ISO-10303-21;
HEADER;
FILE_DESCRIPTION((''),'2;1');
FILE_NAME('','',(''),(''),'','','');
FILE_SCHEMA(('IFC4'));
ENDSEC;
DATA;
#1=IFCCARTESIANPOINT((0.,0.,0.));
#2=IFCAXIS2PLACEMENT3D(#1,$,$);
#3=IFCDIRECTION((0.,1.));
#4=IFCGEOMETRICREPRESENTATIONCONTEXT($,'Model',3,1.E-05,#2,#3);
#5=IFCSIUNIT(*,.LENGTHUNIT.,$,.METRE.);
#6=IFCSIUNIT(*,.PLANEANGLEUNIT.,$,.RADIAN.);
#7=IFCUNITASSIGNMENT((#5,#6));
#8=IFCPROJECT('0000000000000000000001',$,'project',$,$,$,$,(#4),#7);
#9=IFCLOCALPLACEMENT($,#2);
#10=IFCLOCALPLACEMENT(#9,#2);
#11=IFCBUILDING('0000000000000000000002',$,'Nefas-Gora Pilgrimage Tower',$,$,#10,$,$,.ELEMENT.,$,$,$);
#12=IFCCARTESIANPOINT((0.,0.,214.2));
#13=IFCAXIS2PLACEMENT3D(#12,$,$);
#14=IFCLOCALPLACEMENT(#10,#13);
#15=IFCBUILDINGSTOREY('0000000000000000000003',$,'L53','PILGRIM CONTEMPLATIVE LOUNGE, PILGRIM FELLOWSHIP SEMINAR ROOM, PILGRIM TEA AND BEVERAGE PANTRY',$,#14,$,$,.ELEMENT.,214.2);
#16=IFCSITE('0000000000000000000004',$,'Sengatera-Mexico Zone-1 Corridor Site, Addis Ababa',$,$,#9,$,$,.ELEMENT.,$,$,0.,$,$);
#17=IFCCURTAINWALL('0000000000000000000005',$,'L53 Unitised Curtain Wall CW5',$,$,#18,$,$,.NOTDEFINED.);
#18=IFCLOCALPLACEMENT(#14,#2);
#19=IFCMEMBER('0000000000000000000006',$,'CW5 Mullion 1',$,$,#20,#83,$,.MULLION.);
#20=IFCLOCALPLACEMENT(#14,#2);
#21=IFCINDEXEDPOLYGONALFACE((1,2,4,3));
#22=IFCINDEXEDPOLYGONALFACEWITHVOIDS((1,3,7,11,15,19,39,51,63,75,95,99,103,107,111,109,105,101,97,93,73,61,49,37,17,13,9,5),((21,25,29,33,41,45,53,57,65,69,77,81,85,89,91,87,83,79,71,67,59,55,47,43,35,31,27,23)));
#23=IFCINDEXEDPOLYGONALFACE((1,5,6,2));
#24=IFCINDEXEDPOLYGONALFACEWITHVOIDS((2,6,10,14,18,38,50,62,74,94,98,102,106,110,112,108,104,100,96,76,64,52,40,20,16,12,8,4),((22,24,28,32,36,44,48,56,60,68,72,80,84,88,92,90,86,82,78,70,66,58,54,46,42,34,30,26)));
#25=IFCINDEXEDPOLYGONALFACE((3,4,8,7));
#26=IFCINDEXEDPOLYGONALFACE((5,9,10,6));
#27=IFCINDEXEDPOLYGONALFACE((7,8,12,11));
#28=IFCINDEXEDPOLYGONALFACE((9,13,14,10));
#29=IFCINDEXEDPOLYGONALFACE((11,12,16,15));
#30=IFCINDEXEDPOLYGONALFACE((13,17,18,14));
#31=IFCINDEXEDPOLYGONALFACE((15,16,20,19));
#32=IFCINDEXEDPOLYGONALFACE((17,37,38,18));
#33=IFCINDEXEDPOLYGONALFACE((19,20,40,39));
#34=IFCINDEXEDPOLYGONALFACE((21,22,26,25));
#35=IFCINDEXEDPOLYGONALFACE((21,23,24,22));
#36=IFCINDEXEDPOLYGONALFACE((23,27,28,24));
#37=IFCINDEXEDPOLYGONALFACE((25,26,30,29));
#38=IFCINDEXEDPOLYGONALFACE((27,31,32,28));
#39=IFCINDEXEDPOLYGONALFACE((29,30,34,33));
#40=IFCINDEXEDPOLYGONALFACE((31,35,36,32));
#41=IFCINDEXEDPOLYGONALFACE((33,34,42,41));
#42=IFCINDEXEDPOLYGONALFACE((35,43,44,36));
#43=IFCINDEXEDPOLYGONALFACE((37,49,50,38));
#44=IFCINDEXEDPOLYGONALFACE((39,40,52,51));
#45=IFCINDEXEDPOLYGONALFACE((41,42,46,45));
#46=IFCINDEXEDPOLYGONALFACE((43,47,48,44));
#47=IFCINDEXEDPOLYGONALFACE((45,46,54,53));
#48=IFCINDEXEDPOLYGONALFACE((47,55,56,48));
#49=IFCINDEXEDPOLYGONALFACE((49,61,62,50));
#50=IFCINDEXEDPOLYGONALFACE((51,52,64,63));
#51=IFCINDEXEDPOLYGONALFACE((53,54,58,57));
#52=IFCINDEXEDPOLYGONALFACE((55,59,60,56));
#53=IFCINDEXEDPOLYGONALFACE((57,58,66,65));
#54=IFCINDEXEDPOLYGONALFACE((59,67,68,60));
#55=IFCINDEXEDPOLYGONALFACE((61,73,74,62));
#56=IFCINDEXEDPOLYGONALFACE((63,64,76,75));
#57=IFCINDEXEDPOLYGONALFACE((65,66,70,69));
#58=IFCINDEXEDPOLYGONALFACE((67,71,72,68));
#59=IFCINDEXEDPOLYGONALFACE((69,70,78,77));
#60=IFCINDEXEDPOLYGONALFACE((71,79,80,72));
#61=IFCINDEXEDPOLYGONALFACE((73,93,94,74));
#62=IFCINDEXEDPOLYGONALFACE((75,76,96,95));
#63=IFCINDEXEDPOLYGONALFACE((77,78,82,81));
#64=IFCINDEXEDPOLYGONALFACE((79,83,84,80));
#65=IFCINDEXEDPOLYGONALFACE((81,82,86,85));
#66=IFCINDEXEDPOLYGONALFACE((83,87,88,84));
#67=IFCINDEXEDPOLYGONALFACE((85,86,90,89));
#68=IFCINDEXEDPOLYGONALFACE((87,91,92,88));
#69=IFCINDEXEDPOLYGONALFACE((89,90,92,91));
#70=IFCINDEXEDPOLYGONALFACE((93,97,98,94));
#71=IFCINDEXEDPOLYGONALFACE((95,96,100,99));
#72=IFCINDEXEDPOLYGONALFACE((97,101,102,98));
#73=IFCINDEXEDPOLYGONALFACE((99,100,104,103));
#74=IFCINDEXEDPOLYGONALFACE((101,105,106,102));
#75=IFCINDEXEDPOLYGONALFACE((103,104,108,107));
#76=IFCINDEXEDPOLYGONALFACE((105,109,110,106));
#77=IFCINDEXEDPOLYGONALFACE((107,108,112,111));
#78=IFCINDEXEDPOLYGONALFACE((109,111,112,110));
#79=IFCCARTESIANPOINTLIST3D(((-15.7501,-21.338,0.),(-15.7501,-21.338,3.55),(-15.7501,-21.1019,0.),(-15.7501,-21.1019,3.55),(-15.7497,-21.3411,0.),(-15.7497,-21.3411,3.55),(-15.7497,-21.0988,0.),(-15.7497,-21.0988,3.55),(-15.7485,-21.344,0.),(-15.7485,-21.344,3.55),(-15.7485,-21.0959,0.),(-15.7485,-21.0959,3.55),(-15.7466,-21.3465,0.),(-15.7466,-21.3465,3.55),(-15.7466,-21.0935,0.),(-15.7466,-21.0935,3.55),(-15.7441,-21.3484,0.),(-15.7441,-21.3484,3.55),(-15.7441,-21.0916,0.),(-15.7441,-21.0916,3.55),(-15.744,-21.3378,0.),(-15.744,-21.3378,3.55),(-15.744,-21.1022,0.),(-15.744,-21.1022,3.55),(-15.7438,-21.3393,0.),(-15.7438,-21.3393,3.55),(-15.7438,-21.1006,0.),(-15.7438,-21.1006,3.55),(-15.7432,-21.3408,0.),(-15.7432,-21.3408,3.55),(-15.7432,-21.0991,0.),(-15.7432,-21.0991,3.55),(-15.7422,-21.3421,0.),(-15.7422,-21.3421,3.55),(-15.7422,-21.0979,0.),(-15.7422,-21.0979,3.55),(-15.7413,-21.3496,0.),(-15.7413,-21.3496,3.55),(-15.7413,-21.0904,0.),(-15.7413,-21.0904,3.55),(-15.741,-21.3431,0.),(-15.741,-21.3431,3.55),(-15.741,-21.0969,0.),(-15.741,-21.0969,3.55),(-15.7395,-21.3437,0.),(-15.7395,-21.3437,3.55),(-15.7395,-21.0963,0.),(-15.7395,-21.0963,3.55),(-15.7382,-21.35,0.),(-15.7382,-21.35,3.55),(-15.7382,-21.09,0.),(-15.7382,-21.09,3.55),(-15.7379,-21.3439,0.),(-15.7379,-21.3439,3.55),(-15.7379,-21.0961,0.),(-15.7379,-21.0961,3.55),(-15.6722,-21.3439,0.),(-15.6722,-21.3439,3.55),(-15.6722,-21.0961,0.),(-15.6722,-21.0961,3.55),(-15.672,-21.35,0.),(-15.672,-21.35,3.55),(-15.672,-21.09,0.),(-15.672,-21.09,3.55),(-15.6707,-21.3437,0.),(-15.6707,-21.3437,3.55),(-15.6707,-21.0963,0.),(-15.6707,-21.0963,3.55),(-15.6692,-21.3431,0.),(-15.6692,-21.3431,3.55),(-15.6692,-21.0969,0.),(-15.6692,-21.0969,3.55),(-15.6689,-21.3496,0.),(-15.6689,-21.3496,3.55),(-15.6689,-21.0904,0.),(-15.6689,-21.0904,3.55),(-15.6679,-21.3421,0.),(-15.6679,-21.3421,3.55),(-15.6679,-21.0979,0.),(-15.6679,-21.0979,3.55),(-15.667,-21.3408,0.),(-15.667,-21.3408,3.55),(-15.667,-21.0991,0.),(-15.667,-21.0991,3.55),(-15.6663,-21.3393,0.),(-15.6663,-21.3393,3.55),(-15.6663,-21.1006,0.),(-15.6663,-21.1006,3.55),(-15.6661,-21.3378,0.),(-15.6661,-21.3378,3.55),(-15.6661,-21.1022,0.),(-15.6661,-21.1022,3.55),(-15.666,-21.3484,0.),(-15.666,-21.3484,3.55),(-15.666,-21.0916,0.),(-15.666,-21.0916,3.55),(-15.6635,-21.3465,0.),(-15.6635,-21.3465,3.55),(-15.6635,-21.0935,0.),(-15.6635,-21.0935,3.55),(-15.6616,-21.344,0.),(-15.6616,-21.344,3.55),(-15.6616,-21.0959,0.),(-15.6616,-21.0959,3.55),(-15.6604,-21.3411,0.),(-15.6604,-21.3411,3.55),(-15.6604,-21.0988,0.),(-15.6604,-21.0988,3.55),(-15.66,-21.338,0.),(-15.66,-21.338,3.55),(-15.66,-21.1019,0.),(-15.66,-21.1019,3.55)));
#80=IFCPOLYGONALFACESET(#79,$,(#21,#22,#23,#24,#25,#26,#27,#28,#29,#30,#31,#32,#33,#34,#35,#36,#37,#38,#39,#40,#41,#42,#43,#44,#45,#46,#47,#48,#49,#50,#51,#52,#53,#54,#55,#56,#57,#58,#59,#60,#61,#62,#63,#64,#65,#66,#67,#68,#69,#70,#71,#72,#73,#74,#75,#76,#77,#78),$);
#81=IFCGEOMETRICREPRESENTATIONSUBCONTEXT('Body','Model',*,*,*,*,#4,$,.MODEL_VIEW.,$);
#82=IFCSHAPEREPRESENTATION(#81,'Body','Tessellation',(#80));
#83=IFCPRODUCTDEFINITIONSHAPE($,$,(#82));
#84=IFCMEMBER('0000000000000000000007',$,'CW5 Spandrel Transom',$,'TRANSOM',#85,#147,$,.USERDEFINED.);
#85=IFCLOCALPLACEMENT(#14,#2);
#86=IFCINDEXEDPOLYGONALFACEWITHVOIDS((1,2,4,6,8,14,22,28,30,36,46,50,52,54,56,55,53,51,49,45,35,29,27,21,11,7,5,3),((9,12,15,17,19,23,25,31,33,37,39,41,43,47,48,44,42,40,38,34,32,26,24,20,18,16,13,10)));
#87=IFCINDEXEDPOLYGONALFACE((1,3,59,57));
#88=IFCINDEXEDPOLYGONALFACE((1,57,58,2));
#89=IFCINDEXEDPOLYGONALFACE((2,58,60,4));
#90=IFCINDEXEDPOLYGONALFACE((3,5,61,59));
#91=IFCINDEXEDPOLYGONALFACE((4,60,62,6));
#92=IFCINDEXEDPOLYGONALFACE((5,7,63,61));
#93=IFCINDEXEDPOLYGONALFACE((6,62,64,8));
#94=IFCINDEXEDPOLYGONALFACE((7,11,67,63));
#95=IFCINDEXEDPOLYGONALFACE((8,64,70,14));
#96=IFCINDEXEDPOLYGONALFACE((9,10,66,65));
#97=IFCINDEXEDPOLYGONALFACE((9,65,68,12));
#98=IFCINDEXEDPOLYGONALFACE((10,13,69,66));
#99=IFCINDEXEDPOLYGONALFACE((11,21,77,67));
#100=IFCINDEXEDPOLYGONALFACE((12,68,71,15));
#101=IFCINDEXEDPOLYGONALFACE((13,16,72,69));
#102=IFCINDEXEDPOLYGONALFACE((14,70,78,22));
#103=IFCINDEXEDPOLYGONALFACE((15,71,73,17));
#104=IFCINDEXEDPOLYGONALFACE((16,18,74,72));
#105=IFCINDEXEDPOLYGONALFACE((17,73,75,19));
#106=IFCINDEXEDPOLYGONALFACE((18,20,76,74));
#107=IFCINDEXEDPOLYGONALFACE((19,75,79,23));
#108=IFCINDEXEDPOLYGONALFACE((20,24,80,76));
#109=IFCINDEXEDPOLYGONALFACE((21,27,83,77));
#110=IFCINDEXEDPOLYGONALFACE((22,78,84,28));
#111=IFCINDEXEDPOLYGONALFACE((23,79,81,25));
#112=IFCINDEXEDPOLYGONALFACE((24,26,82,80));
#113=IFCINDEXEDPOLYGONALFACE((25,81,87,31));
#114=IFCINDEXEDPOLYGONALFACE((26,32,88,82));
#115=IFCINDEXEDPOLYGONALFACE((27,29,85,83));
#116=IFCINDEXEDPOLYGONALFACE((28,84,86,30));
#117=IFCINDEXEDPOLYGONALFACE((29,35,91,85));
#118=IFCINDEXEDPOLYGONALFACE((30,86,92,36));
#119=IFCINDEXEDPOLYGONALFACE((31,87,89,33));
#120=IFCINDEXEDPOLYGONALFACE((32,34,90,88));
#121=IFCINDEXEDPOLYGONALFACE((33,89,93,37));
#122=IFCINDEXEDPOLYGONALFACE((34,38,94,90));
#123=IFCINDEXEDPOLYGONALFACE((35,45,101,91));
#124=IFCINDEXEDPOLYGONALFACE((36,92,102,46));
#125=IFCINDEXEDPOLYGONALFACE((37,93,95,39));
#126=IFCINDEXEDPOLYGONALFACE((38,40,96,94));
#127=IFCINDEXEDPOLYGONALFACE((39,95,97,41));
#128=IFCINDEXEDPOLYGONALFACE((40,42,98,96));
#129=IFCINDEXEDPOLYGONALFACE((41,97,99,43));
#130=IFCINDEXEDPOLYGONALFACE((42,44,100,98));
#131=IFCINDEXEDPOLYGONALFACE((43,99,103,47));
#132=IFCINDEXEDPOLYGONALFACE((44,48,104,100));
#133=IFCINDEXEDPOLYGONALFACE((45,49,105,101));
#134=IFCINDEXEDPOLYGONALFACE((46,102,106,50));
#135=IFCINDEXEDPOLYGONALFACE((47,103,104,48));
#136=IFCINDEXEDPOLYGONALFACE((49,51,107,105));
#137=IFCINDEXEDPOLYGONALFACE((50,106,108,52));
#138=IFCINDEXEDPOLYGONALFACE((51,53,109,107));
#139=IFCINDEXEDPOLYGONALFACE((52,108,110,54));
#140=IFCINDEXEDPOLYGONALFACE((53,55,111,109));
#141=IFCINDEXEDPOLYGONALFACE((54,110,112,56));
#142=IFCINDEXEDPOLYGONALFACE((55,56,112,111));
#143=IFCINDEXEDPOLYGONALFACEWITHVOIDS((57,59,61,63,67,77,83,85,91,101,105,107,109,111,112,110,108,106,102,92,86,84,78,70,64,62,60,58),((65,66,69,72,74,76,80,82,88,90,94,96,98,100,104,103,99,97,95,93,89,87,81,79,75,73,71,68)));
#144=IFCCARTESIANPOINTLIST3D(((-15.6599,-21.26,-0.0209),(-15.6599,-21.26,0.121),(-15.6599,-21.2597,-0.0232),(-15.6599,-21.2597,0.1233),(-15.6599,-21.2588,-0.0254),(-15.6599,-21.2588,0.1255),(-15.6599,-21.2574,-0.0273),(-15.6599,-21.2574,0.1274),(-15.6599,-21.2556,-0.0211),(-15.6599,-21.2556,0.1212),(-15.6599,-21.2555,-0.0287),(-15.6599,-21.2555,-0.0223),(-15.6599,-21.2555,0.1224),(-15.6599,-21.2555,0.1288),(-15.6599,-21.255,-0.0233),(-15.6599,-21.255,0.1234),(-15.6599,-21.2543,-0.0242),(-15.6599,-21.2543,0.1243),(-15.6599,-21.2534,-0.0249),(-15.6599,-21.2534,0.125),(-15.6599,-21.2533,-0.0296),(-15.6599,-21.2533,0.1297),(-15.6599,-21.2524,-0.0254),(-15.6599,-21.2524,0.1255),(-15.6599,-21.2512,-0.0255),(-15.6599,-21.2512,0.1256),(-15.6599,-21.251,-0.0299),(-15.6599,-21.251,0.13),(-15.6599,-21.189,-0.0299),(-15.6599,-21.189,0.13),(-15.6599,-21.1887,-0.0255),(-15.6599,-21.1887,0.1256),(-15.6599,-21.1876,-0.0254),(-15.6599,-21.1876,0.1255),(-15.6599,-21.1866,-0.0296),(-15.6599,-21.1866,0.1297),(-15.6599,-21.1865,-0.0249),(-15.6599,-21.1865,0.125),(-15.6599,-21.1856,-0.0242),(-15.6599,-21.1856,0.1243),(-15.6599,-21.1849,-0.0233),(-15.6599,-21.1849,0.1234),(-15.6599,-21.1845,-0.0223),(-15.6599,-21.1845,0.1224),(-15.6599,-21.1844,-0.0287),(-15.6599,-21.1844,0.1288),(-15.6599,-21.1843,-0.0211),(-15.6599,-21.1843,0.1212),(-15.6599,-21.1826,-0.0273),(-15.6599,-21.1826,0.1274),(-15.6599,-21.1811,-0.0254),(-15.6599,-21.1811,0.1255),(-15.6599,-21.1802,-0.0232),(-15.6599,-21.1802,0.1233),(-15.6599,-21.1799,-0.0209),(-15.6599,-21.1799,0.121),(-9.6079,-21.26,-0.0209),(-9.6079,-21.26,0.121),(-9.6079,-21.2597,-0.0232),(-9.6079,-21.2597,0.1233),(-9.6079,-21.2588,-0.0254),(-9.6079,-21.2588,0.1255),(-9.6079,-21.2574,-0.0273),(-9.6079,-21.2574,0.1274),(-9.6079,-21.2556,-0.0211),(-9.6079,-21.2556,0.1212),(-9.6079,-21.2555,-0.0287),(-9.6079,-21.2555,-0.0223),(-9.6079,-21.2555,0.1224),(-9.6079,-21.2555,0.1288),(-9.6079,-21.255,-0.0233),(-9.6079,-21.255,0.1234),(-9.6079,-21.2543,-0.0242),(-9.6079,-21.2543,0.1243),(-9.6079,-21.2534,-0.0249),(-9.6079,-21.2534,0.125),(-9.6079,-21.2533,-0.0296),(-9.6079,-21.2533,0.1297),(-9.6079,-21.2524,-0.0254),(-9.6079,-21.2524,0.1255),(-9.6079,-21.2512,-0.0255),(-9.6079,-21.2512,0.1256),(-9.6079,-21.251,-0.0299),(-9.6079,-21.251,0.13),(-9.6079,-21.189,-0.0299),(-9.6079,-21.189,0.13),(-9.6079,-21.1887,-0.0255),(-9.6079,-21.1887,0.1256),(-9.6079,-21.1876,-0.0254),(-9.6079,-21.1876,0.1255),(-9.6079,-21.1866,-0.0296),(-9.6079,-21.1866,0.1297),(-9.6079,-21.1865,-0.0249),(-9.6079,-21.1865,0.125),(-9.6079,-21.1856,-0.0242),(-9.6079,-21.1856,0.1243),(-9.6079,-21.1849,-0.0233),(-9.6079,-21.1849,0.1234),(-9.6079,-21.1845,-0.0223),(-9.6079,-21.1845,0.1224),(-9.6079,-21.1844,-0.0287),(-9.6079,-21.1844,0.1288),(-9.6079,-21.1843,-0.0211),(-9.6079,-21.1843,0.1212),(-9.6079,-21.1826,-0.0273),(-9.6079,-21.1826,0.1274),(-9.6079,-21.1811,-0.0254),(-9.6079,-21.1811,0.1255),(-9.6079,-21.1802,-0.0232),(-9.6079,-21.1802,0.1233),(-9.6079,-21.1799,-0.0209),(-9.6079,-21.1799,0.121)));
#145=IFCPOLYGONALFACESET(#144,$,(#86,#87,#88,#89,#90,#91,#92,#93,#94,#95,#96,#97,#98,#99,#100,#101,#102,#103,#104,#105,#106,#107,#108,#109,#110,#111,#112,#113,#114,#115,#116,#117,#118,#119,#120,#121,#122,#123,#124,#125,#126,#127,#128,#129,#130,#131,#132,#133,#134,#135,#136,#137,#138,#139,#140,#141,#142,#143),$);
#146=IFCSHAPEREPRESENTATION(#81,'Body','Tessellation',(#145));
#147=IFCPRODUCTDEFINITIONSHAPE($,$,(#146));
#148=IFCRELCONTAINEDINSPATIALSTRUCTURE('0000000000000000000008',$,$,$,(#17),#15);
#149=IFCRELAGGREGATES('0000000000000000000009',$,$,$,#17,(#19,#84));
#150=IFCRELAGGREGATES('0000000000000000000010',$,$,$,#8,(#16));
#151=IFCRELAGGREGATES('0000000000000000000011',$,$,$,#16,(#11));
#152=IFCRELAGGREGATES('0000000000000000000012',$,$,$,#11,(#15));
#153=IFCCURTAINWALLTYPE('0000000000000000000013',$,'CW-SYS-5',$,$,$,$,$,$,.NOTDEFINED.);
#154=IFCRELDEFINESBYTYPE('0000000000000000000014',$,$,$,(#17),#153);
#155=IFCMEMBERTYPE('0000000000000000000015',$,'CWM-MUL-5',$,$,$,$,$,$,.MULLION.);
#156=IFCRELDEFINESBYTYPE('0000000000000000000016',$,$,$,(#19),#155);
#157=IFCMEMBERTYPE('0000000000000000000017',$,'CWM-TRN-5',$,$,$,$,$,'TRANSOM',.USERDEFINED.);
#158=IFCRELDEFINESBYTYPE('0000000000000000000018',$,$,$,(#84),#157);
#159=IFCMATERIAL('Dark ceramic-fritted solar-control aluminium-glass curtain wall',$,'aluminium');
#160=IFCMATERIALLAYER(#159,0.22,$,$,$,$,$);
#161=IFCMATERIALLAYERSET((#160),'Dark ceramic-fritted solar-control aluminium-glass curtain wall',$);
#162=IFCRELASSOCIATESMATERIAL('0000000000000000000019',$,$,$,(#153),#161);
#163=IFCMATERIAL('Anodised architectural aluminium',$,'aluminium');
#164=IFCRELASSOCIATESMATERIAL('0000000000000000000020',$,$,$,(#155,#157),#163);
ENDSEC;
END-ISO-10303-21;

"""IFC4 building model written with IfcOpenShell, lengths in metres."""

from ifc_helpers import new_model, si_unit, direction, frame, origin, origin_2d, place, context, subcontext, project, spatial, hollow_rectangle, extrude, source, transform, mapped, material, layer, layer_set, material_profile, profile_set, type_object, element, aggregate, save


model = new_model("IFC4")

# Units and contexts
model_context = context("Model", 3, precision=1e-05, world=origin(), true_north=direction((0.0, 1.0)))
body_context = subcontext(model_context, "Body", "Model", "MODEL_VIEW")
ifc_project = project(units=[si_unit("LENGTHUNIT", "METRE"), si_unit("PLANEANGLEUNIT", "RADIAN")], contexts=[model_context])

# Site, building, storey
site_placement = place(None, origin())
site = spatial("IfcSite", under=ifc_project, at=site_placement, Name="Sengatera-Mexico Zone-1 Corridor Site, Addis Ababa", CompositionType="ELEMENT", RefElevation=0.0)
building_placement = place(site_placement, origin())
building = spatial("IfcBuilding", under=site, at=building_placement, Name="Nefas-Gora Pilgrimage Tower", CompositionType="ELEMENT")
storey_placement = place(building_placement, frame((0.0, 0.0, 214.2)))
storey = spatial("IfcBuildingStorey", under=building, at=storey_placement, Name="L53", Description="PILGRIM CONTEMPLATIVE LOUNGE, PILGRIM FELLOWSHIP SEMINAR ROOM, PILGRIM TEA AND BEVERAGE PANTRY", CompositionType="ELEMENT", Elevation=214.2)

# Curtain wall, members
ifc_material_1 = material(Name="Dark ceramic-fritted solar-control aluminium-glass curtain wall", Category="aluminium")
ifc_layer_1 = layer(ifc_material_1, 0.22)
ifc_layer_set_1 = layer_set([ifc_layer_1], Name="Dark ceramic-fritted solar-control aluminium-glass curtain wall")
curtain_wall_type_1 = type_object("IfcCurtainWallType", Name="CW-SYS-5", PredefinedType="NOTDEFINED", material=ifc_layer_set_1)
curtain_wall_1_placement = place(storey_placement, origin())
curtain_wall_1 = element("IfcCurtainWall", 1, at=curtain_wall_1_placement, inside=storey, type_object=curtain_wall_type_1, Name="L53 Unitised Curtain Wall CW5", PredefinedType="NOTDEFINED")
ifc_material_2 = material(Name="Anodised architectural aluminium", Category="aluminium")
ifc_material_profile_1 = material_profile(ifc_material_2, hollow_rectangle(XDim=0.0901, YDim=0.26, WallThickness=0.0061, InnerFilletRadius=0.0061, OuterFilletRadius=0.012, at=origin_2d()), Name="ALU MULLION 90x260")
ifc_profile_set_1 = profile_set([ifc_material_profile_1], Name="Anodised architectural aluminium")
member_type_1 = type_object("IfcMemberType", Name="CWM-MUL-5", PredefinedType="MULLION", material=ifc_profile_set_1)
shared_shape_1 = source(origin(), body_context, "Body", "SweptSolid", [
    extrude(hollow_rectangle(XDim=0.0901, YDim=0.26, WallThickness=0.0061, InnerFilletRadius=0.0061, OuterFilletRadius=0.012, at=origin_2d()), origin(), (0.0, 0.0, 1.0), 3.55),
])
member_1_placement = place(storey_placement, frame((-15.7051, -21.22, 0.0), z_axis=(0.0, 0.0, 1.0), x_axis=(1.0, 0.0, 0.0)))
member_1 = element("IfcMember", 2, at=member_1_placement, type_object=member_type_1, Name="CW5 Mullion 1", PredefinedType="MULLION", context=body_context, shape_type="MappedRepresentation", body=[
    mapped(shared_shape_1, transform((0.0, 0.0, 0.0), x_axis=(1.0, 0.0, 0.0), y_axis=(0.0, 1.0, 0.0), z_axis=(0.0, 0.0, 1.0), scale=1.0)),
])
ifc_material_profile_2 = material_profile(ifc_material_2, hollow_rectangle(XDim=0.0801, YDim=0.1599, WallThickness=0.0044, InnerFilletRadius=0.0044, OuterFilletRadius=0.009, at=origin_2d()), Name="ALU TRANSOM 80x160")
ifc_profile_set_2 = profile_set([ifc_material_profile_2], Name="Anodised architectural aluminium")
member_type_2 = type_object("IfcMemberType", Name="CWM-TRN-5", ElementType="TRANSOM", PredefinedType="USERDEFINED", material=ifc_profile_set_2)
shared_shape_2 = source(origin(), body_context, "Body", "SweptSolid", [
    extrude(hollow_rectangle(XDim=0.0801, YDim=0.1599, WallThickness=0.0044, InnerFilletRadius=0.0044, OuterFilletRadius=0.009, at=origin_2d()), origin(), (0.0, 0.0, 1.0), 6.052),
])
member_2_placement = place(storey_placement, frame((-15.6599, -21.22, 0.05), z_axis=(1.0, 0.0, 0.0), x_axis=(0.0, 1.0, 0.0)))
member_2 = element("IfcMember", 3, at=member_2_placement, type_object=member_type_2, Name="CW5 Spandrel Transom", ObjectType="TRANSOM", PredefinedType="USERDEFINED", context=body_context, shape_type="MappedRepresentation", body=[
    mapped(shared_shape_2, transform((0.0, 0.0, 0.0), x_axis=(1.0, 0.0, 0.0), y_axis=(0.0, 1.0, 0.0), z_axis=(0.0, 0.0, 1.0), scale=1.0)),
])

aggregate(curtain_wall_1, [member_1, member_2])

save(model, "model.ifc")
